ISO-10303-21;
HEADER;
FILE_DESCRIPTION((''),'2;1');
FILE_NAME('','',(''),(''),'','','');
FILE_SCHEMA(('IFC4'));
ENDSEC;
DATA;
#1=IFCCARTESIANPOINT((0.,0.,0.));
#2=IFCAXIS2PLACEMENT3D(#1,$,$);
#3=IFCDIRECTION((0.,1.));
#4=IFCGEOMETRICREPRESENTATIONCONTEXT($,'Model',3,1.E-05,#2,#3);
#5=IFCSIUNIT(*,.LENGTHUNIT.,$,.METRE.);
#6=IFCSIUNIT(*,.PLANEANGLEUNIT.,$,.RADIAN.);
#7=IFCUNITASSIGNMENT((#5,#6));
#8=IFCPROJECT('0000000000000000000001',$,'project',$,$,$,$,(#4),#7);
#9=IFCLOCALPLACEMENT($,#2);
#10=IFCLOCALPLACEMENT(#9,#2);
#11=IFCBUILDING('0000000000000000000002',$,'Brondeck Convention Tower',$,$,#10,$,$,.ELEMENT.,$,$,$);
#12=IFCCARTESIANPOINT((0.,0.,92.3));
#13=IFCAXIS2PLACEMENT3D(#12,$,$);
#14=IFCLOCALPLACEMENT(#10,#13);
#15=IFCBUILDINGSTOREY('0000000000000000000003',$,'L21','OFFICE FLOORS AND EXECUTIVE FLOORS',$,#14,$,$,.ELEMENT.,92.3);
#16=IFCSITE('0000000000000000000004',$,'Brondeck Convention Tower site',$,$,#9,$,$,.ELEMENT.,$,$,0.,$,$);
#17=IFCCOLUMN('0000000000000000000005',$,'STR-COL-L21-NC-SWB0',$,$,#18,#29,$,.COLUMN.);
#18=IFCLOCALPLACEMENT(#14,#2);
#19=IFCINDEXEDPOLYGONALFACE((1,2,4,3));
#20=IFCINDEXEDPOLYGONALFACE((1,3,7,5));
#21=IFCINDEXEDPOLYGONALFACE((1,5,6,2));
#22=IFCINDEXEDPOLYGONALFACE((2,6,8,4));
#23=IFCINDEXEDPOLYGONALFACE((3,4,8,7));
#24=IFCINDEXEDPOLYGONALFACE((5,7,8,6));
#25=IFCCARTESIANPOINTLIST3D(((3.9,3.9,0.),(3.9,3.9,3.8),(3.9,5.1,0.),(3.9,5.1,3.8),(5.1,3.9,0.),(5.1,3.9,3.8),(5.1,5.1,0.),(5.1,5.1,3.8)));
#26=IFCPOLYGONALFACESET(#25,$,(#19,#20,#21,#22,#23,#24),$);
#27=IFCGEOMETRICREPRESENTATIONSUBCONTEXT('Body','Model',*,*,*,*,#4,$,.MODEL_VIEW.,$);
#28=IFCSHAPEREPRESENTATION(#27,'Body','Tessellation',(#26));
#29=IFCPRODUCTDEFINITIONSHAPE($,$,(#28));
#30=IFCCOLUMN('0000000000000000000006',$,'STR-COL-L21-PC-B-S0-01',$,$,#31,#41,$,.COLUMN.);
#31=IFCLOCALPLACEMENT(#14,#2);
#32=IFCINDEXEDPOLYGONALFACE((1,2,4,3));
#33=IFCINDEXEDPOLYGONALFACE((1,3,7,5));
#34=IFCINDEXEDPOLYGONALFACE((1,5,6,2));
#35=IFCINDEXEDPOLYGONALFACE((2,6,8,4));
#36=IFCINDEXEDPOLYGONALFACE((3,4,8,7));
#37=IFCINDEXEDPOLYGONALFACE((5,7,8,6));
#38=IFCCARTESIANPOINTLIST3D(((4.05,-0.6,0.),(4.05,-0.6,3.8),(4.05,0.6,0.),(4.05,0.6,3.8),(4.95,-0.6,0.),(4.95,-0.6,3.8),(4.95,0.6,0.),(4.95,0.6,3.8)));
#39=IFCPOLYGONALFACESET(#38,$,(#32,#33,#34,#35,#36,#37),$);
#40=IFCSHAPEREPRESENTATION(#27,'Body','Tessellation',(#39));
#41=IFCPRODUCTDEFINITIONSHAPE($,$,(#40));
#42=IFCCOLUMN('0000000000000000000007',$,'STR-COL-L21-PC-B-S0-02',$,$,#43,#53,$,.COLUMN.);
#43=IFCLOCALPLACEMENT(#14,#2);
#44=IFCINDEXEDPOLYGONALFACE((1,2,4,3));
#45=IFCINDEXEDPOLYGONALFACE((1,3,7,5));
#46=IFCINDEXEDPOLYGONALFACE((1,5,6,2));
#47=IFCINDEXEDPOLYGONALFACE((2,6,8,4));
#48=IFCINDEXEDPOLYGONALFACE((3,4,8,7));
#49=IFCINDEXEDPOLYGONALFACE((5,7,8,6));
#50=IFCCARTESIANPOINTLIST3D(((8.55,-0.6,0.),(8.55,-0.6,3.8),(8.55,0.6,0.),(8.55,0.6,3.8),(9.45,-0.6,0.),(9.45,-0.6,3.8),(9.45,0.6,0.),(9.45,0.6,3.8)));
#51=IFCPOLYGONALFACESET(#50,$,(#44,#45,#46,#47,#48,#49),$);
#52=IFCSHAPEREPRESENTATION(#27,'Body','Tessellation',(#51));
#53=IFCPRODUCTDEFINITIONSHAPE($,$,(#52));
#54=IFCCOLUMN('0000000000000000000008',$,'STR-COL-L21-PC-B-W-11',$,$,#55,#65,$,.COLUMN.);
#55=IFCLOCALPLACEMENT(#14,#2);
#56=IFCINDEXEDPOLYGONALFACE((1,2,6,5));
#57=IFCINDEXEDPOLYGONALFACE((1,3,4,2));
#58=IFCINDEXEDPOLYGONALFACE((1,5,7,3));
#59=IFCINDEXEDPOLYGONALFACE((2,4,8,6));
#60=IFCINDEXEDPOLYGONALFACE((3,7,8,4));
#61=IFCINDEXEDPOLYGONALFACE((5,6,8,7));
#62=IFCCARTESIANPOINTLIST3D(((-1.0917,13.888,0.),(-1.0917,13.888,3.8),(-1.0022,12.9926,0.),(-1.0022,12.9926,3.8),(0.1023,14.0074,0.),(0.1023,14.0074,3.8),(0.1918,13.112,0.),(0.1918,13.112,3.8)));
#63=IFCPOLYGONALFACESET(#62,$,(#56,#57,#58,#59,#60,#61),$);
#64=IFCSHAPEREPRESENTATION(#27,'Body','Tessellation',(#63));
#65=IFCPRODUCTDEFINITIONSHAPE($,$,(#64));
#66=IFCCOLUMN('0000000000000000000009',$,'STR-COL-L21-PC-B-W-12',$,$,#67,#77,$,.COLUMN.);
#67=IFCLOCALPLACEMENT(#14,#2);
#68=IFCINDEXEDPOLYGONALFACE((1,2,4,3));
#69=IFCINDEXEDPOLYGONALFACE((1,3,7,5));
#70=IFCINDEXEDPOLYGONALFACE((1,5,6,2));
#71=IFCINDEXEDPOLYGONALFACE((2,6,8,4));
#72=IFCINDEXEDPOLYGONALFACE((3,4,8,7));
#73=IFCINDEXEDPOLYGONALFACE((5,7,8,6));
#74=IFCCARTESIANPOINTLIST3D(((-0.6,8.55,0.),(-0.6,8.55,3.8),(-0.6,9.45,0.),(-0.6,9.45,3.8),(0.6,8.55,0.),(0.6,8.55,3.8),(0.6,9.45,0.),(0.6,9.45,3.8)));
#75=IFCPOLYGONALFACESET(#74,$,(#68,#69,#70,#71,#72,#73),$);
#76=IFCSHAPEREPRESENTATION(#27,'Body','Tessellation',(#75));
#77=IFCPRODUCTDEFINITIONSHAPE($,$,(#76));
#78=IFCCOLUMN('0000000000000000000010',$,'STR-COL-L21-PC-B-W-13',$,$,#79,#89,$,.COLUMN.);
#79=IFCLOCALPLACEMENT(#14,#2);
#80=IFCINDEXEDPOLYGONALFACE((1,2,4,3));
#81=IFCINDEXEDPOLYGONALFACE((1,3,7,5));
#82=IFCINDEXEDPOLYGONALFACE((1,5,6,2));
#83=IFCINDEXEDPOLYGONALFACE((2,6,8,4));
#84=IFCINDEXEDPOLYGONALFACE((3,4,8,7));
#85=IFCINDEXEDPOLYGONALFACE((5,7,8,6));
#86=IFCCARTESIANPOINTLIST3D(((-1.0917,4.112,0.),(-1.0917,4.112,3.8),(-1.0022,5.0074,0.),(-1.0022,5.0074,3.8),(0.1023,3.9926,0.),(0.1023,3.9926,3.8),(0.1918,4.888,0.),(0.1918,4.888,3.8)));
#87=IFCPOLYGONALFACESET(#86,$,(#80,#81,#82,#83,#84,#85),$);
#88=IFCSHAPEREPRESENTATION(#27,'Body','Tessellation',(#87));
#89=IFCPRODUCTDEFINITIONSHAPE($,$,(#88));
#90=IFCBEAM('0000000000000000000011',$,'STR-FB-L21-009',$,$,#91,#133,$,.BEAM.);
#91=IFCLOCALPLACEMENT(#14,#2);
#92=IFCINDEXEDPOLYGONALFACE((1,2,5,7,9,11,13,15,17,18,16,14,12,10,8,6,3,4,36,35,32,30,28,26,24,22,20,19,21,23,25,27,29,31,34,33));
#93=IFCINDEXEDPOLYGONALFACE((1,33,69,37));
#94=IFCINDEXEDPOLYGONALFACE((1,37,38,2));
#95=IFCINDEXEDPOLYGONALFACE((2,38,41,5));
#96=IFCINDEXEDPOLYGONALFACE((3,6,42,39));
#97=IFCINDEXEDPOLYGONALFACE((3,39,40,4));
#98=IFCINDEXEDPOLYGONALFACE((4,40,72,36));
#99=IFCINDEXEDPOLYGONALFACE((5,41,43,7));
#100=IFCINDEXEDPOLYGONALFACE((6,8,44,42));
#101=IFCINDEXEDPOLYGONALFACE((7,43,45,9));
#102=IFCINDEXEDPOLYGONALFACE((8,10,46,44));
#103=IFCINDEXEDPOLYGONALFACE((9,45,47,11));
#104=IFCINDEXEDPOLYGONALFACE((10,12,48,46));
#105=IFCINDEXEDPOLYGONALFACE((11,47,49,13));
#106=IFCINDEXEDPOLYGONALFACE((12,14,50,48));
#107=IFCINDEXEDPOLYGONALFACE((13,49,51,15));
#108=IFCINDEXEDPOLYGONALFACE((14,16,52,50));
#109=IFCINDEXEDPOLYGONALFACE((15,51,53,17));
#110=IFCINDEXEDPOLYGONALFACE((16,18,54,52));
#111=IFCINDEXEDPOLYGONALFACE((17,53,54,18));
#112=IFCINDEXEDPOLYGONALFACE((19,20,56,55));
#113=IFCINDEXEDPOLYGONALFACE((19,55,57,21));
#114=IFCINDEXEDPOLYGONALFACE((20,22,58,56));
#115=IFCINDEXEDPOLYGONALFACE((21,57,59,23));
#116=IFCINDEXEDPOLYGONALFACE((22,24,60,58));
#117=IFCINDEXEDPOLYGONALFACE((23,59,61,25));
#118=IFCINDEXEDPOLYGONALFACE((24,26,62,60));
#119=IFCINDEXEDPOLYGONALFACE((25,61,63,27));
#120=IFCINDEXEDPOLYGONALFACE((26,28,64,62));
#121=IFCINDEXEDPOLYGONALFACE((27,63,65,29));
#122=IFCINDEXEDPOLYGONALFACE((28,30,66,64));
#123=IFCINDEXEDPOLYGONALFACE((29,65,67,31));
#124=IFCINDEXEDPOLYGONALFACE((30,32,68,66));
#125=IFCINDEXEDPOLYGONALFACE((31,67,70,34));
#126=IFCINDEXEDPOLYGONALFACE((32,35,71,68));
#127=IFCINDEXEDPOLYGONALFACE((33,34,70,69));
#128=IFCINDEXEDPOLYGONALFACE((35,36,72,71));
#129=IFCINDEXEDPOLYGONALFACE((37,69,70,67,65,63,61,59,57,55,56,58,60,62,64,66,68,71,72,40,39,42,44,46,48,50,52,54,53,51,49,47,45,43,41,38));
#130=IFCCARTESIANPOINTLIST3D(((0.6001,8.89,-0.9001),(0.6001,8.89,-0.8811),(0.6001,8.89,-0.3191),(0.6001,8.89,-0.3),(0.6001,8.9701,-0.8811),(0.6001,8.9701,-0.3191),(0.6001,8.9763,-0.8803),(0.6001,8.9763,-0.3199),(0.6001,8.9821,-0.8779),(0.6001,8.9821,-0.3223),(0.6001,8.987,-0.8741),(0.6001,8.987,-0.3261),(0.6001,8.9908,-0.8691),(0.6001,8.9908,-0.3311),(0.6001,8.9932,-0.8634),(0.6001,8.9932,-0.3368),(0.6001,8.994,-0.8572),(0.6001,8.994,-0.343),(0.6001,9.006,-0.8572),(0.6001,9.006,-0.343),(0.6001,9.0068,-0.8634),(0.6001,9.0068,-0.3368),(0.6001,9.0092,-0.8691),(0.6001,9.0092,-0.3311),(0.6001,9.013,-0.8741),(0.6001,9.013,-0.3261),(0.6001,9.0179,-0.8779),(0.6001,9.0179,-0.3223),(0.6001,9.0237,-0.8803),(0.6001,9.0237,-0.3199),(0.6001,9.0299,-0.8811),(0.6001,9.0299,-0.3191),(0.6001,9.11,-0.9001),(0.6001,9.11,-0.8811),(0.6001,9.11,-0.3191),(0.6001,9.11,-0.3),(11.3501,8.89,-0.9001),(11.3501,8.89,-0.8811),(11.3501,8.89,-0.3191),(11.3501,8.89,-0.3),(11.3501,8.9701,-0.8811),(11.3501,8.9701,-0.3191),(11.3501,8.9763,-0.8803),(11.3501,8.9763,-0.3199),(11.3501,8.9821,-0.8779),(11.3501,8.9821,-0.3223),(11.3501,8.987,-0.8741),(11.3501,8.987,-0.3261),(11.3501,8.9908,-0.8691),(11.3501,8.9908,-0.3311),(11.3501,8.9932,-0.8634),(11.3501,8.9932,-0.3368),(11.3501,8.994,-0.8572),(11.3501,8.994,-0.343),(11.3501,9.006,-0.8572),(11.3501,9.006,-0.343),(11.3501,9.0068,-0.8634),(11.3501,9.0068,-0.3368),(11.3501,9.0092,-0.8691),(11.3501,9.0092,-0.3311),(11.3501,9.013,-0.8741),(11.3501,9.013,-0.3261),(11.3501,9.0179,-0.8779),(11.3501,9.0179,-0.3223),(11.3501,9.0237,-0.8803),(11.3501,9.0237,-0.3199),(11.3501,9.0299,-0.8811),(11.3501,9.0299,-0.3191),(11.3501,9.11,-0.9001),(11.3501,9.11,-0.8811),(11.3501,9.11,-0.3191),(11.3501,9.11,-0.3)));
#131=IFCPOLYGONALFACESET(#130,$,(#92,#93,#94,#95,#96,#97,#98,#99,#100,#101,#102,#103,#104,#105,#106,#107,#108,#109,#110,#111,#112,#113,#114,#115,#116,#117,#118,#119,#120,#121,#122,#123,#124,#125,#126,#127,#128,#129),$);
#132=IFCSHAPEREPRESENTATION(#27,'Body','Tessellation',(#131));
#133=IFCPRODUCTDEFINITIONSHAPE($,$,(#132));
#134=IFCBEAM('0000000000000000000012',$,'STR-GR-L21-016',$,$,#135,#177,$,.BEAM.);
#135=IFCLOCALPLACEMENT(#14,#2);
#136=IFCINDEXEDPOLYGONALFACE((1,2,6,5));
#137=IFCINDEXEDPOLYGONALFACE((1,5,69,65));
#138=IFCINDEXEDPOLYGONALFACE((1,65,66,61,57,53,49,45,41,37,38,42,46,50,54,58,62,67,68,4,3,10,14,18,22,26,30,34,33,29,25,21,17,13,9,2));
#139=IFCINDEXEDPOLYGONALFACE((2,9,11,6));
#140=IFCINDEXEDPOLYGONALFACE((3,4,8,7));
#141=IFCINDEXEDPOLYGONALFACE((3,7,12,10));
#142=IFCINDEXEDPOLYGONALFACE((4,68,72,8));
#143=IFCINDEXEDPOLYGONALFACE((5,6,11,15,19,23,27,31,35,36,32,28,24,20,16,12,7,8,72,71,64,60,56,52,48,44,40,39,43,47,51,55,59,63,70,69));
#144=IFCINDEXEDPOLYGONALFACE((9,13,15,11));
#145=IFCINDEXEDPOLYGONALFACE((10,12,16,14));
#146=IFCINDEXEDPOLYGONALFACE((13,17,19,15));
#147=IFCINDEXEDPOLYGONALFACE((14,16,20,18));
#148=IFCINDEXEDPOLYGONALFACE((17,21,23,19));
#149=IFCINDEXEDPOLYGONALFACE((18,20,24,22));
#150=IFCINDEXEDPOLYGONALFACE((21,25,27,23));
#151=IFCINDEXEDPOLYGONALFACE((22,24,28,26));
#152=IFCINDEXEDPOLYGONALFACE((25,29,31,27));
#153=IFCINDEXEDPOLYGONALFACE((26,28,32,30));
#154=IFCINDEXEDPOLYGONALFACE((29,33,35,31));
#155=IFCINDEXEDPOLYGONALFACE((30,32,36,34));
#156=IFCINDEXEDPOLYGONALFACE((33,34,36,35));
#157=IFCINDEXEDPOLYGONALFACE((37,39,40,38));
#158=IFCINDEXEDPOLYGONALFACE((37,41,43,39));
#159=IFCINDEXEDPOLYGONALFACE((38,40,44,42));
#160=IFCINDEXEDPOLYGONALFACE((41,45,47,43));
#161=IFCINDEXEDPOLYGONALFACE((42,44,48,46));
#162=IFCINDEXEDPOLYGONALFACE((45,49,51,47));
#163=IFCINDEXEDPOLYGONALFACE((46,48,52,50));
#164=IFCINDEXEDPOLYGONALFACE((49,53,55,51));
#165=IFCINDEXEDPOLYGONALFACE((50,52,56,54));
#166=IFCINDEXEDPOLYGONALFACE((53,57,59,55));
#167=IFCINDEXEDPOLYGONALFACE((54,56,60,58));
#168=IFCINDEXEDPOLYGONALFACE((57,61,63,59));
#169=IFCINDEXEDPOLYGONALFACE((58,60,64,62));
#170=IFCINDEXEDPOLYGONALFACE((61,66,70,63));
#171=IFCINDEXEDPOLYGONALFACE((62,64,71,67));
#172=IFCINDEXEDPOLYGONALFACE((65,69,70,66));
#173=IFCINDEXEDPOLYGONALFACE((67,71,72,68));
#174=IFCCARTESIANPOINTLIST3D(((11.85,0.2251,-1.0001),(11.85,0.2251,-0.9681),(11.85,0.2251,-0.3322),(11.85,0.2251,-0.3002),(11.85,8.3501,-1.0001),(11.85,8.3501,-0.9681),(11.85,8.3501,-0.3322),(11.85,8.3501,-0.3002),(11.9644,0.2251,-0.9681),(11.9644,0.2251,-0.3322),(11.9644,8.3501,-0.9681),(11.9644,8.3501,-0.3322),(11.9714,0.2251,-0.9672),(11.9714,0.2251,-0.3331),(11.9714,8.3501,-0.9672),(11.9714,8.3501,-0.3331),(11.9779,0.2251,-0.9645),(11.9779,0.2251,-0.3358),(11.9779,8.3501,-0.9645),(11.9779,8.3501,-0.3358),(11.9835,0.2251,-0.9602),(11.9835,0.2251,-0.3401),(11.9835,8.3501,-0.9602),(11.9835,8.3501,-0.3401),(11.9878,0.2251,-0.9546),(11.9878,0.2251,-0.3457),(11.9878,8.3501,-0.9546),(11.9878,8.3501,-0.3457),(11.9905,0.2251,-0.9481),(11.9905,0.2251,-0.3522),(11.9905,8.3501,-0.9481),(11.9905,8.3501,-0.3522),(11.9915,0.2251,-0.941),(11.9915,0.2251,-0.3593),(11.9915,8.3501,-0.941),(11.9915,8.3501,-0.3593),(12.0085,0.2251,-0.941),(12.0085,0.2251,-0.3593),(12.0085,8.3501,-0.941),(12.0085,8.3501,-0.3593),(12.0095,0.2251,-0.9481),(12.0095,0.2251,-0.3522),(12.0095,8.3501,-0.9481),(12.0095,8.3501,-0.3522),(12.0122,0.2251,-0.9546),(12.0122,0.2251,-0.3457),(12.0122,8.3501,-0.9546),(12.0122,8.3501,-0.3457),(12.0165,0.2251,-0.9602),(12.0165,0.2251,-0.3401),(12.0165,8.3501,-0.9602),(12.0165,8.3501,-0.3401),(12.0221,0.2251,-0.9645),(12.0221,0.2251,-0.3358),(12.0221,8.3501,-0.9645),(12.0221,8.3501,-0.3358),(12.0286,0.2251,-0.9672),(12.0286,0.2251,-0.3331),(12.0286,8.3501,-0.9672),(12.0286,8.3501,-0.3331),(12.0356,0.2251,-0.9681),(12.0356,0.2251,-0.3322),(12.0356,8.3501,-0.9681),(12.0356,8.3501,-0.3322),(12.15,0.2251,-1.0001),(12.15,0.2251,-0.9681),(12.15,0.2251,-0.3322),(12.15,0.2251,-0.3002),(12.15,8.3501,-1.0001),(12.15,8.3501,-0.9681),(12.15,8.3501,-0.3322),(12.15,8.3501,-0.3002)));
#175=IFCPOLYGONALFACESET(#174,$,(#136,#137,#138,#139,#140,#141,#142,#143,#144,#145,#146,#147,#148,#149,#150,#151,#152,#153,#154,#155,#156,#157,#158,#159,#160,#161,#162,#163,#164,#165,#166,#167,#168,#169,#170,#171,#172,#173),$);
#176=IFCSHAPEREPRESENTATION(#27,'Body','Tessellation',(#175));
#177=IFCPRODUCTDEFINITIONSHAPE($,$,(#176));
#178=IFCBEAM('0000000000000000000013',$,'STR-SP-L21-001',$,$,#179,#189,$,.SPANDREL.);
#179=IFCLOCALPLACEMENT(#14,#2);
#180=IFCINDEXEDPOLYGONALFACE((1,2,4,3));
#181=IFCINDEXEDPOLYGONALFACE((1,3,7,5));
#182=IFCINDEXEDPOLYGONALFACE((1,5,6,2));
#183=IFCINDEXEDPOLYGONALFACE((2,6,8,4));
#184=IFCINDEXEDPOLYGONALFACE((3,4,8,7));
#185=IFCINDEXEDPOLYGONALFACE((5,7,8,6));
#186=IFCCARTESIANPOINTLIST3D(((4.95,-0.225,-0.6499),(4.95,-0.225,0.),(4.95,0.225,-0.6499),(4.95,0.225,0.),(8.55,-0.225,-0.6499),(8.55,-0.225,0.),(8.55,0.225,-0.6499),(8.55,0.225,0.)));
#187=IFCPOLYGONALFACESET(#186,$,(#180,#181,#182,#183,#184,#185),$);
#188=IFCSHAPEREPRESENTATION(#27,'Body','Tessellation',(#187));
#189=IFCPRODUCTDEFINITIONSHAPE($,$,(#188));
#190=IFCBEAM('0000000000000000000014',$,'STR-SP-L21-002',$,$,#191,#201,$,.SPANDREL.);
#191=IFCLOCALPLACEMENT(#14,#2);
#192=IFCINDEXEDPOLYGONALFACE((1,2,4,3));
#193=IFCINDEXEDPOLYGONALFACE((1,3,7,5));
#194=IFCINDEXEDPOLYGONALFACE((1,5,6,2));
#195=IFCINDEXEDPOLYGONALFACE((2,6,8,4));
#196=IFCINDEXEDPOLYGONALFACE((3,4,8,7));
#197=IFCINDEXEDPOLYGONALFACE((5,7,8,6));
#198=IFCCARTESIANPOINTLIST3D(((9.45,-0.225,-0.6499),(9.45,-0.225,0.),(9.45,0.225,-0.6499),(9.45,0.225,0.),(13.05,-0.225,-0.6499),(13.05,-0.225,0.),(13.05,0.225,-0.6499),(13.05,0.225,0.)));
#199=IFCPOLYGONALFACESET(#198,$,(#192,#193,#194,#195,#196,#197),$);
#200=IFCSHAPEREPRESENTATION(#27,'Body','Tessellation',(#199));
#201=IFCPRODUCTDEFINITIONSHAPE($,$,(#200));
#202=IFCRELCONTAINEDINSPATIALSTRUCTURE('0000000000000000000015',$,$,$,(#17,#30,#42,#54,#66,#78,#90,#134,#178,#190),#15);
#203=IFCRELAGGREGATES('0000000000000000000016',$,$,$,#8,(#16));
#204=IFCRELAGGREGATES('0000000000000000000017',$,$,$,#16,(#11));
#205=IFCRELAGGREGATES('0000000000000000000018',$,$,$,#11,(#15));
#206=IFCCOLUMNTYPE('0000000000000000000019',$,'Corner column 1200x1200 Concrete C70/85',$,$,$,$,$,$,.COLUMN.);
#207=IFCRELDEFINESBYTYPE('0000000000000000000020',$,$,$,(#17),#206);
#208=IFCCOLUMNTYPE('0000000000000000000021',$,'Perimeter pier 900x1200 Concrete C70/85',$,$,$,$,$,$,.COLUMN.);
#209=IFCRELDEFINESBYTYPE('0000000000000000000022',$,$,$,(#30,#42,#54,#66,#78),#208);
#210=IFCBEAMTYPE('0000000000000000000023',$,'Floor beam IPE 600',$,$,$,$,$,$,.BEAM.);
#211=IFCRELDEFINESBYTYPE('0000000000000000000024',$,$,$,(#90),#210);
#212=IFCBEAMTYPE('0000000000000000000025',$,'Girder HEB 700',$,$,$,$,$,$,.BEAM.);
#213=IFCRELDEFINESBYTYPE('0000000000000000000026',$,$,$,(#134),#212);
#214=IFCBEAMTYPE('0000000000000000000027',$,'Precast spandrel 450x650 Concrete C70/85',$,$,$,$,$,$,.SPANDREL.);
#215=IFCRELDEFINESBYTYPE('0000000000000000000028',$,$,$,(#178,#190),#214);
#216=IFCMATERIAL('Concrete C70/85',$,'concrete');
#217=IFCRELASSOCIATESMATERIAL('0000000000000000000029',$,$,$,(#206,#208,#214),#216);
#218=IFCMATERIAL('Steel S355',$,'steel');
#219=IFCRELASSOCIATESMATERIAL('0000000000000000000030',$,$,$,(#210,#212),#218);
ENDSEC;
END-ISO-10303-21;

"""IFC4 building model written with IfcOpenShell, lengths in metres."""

from ifc_helpers import new_model, si_unit, direction, frame, origin, origin_2d, place, context, subcontext, project, spatial, rectangle, i_section, extrude, material, material_profile, profile_set, type_object, element, save


model = new_model("IFC4")

# Units and contexts
model_context = context("Model", 3, precision=1e-05, world=origin(), true_north=direction((0.0, 1.0)))
body_context = subcontext(model_context, "Body", "Model", "MODEL_VIEW")
ifc_project = project(units=[si_unit("LENGTHUNIT", "METRE"), si_unit("PLANEANGLEUNIT", "RADIAN")], contexts=[model_context])

# Site, building, storey
site_placement = place(None, origin())
site = spatial("IfcSite", under=ifc_project, at=site_placement, Name="Brondeck Convention Tower site", CompositionType="ELEMENT", RefElevation=0.0)
building_placement = place(site_placement, origin())
building = spatial("IfcBuilding", under=site, at=building_placement, Name="Brondeck Convention Tower", CompositionType="ELEMENT")
storey_placement = place(building_placement, frame((0.0, 0.0, 92.3)))
storey = spatial("IfcBuildingStorey", under=building, at=storey_placement, Name="L21", Description="OFFICE FLOORS AND EXECUTIVE FLOORS", CompositionType="ELEMENT", Elevation=92.3)

# Columns
ifc_material_1 = material(Name="Concrete C70/85", Category="concrete")
ifc_material_profile_1 = material_profile(ifc_material_1, rectangle(XDim=1.2, YDim=1.2, at=origin_2d()), Name="Corner column 1200x1200 Concrete C70/85")
ifc_profile_set_1 = profile_set([ifc_material_profile_1], Name="Concrete C70/85")
column_type_1 = type_object("IfcColumnType", Name="Corner column 1200x1200 Concrete C70/85", PredefinedType="COLUMN", material=ifc_profile_set_1)
column_placement = place(storey_placement, frame((4.5, 4.5, 0.0), z_axis=(0.0, 0.0, 1.0), x_axis=(1.0, 0.0, 0.0)))
element("IfcColumn", 1, at=column_placement, inside=storey, type_object=column_type_1, Name="STR-COL-L21-NC-SWB0", PredefinedType="COLUMN", context=body_context, shape_type="SweptSolid", body=[
    extrude(rectangle(XDim=1.2, YDim=1.2, at=origin_2d()), origin(), (0.0, 0.0, 1.0), 3.8),
])
ifc_material_profile_2 = material_profile(ifc_material_1, rectangle(XDim=0.8999, YDim=1.2, at=origin_2d()), Name="Perimeter pier 900x1200 Concrete C70/85")
ifc_profile_set_2 = profile_set([ifc_material_profile_2], Name="Concrete C70/85")
column_type_2 = type_object("IfcColumnType", Name="Perimeter pier 900x1200 Concrete C70/85", PredefinedType="COLUMN", material=ifc_profile_set_2)
for number, where, z_axis, x_axis, name in (
    (2, (4.5, 0.0, 0.0), (0.0, 0.0, 1.0), (1.0, 0.0, 0.0), "STR-COL-L21-PC-B-S0-01"),
    (3, (9.0, 0.0, 0.0), (0.0, 0.0, 1.0), (1.0, 0.0, 0.0), "STR-COL-L21-PC-B-S0-02"),
    (4, (-0.45, 13.5, 0.0), (0.0, 0.0, 1.0), (0.099504, -0.995037, 0.0), "STR-COL-L21-PC-B-W-11"),
    (5, (0.0, 9.0, 0.0), (0.0, 0.0, 1.0), (0.0, -1.0, 0.0), "STR-COL-L21-PC-B-W-12"),
    (6, (-0.45, 4.5, 0.0), (0.0, 0.0, 1.0), (-0.099504, -0.995037, 0.0), "STR-COL-L21-PC-B-W-13"),
):
    element("IfcColumn", number, at=place(storey_placement, frame(where, z_axis=z_axis, x_axis=x_axis)), inside=storey, type_object=column_type_2, Name=name, PredefinedType="COLUMN", context=body_context, shape_type="SweptSolid", body=[
        extrude(rectangle(XDim=0.8999, YDim=1.2, at=origin_2d()), origin(), (0.0, 0.0, 1.0), 3.8),
    ])

# Beams
ifc_material_2 = material(Name="Steel S355", Category="steel")
ifc_material_profile_3 = material_profile(ifc_material_2, i_section(OverallWidth=0.22, OverallDepth=0.6001, WebThickness=0.012, FlangeThickness=0.019, FilletRadius=0.0239, at=origin_2d()), Name="IPE 600")
ifc_profile_set_3 = profile_set([ifc_material_profile_3], Name="Steel S355")
beam_type_1 = type_object("IfcBeamType", Name="Floor beam IPE 600", PredefinedType="BEAM", material=ifc_profile_set_3)
beam_1_placement = place(storey_placement, frame((0.6001, 9.0, -0.6001), z_axis=(1.0, 0.0, 0.0), x_axis=(0.0, 1.0, 0.0)))
element("IfcBeam", 7, at=beam_1_placement, inside=storey, type_object=beam_type_1, Name="STR-FB-L21-009", PredefinedType="BEAM", context=body_context, shape_type="SweptSolid", body=[
    extrude(i_section(OverallWidth=0.22, OverallDepth=0.6001, WebThickness=0.012, FlangeThickness=0.019, FilletRadius=0.0239, at=origin_2d()), origin(), (0.0, 0.0, 1.0), 10.75),
])
ifc_material_profile_4 = material_profile(ifc_material_2, i_section(OverallWidth=0.3, OverallDepth=0.7, WebThickness=0.0171, FlangeThickness=0.032, FilletRadius=0.0271, at=origin_2d()), Name="HEB 700")
ifc_profile_set_4 = profile_set([ifc_material_profile_4], Name="Steel S355")
beam_type_2 = type_object("IfcBeamType", Name="Girder HEB 700", PredefinedType="BEAM", material=ifc_profile_set_4)
beam_2_placement = place(storey_placement, frame((12.0, 8.3501, -0.6501), z_axis=(0.0, -1.0, 0.0), x_axis=(1.0, 0.0, 0.0)))
element("IfcBeam", 8, at=beam_2_placement, inside=storey, type_object=beam_type_2, Name="STR-GR-L21-016", PredefinedType="BEAM", context=body_context, shape_type="SweptSolid", body=[
    extrude(i_section(OverallWidth=0.3, OverallDepth=0.7, WebThickness=0.0171, FlangeThickness=0.032, FilletRadius=0.0271, at=origin_2d()), origin(), (0.0, 0.0, 1.0), 8.125),
])
ifc_material_profile_5 = material_profile(ifc_material_1, rectangle(XDim=0.45, YDim=0.6499, at=origin_2d()), Name="Precast spandrel 450x650 Concrete C70/85")
ifc_profile_set_5 = profile_set([ifc_material_profile_5], Name="Concrete C70/85")
beam_type_3 = type_object("IfcBeamType", Name="Precast spandrel 450x650 Concrete C70/85", PredefinedType="SPANDREL", material=ifc_profile_set_5)
for number, where, z_axis, x_axis, name in (
    (9, (4.95, 0.0, -0.325), (1.0, 0.0, 0.0), (0.0, 1.0, 0.0), "STR-SP-L21-001"),
    (10, (9.45, 0.0, -0.325), (1.0, 0.0, 0.0), (0.0, 1.0, 0.0), "STR-SP-L21-002"),
):
    element("IfcBeam", number, at=place(storey_placement, frame(where, z_axis=z_axis, x_axis=x_axis)), inside=storey, type_object=beam_type_3, Name=name, PredefinedType="SPANDREL", context=body_context, shape_type="SweptSolid", body=[
        extrude(rectangle(XDim=0.45, YDim=0.6499, at=origin_2d()), origin(), (0.0, 0.0, 1.0), 3.6001),
    ])

save(model, "model.ifc")
